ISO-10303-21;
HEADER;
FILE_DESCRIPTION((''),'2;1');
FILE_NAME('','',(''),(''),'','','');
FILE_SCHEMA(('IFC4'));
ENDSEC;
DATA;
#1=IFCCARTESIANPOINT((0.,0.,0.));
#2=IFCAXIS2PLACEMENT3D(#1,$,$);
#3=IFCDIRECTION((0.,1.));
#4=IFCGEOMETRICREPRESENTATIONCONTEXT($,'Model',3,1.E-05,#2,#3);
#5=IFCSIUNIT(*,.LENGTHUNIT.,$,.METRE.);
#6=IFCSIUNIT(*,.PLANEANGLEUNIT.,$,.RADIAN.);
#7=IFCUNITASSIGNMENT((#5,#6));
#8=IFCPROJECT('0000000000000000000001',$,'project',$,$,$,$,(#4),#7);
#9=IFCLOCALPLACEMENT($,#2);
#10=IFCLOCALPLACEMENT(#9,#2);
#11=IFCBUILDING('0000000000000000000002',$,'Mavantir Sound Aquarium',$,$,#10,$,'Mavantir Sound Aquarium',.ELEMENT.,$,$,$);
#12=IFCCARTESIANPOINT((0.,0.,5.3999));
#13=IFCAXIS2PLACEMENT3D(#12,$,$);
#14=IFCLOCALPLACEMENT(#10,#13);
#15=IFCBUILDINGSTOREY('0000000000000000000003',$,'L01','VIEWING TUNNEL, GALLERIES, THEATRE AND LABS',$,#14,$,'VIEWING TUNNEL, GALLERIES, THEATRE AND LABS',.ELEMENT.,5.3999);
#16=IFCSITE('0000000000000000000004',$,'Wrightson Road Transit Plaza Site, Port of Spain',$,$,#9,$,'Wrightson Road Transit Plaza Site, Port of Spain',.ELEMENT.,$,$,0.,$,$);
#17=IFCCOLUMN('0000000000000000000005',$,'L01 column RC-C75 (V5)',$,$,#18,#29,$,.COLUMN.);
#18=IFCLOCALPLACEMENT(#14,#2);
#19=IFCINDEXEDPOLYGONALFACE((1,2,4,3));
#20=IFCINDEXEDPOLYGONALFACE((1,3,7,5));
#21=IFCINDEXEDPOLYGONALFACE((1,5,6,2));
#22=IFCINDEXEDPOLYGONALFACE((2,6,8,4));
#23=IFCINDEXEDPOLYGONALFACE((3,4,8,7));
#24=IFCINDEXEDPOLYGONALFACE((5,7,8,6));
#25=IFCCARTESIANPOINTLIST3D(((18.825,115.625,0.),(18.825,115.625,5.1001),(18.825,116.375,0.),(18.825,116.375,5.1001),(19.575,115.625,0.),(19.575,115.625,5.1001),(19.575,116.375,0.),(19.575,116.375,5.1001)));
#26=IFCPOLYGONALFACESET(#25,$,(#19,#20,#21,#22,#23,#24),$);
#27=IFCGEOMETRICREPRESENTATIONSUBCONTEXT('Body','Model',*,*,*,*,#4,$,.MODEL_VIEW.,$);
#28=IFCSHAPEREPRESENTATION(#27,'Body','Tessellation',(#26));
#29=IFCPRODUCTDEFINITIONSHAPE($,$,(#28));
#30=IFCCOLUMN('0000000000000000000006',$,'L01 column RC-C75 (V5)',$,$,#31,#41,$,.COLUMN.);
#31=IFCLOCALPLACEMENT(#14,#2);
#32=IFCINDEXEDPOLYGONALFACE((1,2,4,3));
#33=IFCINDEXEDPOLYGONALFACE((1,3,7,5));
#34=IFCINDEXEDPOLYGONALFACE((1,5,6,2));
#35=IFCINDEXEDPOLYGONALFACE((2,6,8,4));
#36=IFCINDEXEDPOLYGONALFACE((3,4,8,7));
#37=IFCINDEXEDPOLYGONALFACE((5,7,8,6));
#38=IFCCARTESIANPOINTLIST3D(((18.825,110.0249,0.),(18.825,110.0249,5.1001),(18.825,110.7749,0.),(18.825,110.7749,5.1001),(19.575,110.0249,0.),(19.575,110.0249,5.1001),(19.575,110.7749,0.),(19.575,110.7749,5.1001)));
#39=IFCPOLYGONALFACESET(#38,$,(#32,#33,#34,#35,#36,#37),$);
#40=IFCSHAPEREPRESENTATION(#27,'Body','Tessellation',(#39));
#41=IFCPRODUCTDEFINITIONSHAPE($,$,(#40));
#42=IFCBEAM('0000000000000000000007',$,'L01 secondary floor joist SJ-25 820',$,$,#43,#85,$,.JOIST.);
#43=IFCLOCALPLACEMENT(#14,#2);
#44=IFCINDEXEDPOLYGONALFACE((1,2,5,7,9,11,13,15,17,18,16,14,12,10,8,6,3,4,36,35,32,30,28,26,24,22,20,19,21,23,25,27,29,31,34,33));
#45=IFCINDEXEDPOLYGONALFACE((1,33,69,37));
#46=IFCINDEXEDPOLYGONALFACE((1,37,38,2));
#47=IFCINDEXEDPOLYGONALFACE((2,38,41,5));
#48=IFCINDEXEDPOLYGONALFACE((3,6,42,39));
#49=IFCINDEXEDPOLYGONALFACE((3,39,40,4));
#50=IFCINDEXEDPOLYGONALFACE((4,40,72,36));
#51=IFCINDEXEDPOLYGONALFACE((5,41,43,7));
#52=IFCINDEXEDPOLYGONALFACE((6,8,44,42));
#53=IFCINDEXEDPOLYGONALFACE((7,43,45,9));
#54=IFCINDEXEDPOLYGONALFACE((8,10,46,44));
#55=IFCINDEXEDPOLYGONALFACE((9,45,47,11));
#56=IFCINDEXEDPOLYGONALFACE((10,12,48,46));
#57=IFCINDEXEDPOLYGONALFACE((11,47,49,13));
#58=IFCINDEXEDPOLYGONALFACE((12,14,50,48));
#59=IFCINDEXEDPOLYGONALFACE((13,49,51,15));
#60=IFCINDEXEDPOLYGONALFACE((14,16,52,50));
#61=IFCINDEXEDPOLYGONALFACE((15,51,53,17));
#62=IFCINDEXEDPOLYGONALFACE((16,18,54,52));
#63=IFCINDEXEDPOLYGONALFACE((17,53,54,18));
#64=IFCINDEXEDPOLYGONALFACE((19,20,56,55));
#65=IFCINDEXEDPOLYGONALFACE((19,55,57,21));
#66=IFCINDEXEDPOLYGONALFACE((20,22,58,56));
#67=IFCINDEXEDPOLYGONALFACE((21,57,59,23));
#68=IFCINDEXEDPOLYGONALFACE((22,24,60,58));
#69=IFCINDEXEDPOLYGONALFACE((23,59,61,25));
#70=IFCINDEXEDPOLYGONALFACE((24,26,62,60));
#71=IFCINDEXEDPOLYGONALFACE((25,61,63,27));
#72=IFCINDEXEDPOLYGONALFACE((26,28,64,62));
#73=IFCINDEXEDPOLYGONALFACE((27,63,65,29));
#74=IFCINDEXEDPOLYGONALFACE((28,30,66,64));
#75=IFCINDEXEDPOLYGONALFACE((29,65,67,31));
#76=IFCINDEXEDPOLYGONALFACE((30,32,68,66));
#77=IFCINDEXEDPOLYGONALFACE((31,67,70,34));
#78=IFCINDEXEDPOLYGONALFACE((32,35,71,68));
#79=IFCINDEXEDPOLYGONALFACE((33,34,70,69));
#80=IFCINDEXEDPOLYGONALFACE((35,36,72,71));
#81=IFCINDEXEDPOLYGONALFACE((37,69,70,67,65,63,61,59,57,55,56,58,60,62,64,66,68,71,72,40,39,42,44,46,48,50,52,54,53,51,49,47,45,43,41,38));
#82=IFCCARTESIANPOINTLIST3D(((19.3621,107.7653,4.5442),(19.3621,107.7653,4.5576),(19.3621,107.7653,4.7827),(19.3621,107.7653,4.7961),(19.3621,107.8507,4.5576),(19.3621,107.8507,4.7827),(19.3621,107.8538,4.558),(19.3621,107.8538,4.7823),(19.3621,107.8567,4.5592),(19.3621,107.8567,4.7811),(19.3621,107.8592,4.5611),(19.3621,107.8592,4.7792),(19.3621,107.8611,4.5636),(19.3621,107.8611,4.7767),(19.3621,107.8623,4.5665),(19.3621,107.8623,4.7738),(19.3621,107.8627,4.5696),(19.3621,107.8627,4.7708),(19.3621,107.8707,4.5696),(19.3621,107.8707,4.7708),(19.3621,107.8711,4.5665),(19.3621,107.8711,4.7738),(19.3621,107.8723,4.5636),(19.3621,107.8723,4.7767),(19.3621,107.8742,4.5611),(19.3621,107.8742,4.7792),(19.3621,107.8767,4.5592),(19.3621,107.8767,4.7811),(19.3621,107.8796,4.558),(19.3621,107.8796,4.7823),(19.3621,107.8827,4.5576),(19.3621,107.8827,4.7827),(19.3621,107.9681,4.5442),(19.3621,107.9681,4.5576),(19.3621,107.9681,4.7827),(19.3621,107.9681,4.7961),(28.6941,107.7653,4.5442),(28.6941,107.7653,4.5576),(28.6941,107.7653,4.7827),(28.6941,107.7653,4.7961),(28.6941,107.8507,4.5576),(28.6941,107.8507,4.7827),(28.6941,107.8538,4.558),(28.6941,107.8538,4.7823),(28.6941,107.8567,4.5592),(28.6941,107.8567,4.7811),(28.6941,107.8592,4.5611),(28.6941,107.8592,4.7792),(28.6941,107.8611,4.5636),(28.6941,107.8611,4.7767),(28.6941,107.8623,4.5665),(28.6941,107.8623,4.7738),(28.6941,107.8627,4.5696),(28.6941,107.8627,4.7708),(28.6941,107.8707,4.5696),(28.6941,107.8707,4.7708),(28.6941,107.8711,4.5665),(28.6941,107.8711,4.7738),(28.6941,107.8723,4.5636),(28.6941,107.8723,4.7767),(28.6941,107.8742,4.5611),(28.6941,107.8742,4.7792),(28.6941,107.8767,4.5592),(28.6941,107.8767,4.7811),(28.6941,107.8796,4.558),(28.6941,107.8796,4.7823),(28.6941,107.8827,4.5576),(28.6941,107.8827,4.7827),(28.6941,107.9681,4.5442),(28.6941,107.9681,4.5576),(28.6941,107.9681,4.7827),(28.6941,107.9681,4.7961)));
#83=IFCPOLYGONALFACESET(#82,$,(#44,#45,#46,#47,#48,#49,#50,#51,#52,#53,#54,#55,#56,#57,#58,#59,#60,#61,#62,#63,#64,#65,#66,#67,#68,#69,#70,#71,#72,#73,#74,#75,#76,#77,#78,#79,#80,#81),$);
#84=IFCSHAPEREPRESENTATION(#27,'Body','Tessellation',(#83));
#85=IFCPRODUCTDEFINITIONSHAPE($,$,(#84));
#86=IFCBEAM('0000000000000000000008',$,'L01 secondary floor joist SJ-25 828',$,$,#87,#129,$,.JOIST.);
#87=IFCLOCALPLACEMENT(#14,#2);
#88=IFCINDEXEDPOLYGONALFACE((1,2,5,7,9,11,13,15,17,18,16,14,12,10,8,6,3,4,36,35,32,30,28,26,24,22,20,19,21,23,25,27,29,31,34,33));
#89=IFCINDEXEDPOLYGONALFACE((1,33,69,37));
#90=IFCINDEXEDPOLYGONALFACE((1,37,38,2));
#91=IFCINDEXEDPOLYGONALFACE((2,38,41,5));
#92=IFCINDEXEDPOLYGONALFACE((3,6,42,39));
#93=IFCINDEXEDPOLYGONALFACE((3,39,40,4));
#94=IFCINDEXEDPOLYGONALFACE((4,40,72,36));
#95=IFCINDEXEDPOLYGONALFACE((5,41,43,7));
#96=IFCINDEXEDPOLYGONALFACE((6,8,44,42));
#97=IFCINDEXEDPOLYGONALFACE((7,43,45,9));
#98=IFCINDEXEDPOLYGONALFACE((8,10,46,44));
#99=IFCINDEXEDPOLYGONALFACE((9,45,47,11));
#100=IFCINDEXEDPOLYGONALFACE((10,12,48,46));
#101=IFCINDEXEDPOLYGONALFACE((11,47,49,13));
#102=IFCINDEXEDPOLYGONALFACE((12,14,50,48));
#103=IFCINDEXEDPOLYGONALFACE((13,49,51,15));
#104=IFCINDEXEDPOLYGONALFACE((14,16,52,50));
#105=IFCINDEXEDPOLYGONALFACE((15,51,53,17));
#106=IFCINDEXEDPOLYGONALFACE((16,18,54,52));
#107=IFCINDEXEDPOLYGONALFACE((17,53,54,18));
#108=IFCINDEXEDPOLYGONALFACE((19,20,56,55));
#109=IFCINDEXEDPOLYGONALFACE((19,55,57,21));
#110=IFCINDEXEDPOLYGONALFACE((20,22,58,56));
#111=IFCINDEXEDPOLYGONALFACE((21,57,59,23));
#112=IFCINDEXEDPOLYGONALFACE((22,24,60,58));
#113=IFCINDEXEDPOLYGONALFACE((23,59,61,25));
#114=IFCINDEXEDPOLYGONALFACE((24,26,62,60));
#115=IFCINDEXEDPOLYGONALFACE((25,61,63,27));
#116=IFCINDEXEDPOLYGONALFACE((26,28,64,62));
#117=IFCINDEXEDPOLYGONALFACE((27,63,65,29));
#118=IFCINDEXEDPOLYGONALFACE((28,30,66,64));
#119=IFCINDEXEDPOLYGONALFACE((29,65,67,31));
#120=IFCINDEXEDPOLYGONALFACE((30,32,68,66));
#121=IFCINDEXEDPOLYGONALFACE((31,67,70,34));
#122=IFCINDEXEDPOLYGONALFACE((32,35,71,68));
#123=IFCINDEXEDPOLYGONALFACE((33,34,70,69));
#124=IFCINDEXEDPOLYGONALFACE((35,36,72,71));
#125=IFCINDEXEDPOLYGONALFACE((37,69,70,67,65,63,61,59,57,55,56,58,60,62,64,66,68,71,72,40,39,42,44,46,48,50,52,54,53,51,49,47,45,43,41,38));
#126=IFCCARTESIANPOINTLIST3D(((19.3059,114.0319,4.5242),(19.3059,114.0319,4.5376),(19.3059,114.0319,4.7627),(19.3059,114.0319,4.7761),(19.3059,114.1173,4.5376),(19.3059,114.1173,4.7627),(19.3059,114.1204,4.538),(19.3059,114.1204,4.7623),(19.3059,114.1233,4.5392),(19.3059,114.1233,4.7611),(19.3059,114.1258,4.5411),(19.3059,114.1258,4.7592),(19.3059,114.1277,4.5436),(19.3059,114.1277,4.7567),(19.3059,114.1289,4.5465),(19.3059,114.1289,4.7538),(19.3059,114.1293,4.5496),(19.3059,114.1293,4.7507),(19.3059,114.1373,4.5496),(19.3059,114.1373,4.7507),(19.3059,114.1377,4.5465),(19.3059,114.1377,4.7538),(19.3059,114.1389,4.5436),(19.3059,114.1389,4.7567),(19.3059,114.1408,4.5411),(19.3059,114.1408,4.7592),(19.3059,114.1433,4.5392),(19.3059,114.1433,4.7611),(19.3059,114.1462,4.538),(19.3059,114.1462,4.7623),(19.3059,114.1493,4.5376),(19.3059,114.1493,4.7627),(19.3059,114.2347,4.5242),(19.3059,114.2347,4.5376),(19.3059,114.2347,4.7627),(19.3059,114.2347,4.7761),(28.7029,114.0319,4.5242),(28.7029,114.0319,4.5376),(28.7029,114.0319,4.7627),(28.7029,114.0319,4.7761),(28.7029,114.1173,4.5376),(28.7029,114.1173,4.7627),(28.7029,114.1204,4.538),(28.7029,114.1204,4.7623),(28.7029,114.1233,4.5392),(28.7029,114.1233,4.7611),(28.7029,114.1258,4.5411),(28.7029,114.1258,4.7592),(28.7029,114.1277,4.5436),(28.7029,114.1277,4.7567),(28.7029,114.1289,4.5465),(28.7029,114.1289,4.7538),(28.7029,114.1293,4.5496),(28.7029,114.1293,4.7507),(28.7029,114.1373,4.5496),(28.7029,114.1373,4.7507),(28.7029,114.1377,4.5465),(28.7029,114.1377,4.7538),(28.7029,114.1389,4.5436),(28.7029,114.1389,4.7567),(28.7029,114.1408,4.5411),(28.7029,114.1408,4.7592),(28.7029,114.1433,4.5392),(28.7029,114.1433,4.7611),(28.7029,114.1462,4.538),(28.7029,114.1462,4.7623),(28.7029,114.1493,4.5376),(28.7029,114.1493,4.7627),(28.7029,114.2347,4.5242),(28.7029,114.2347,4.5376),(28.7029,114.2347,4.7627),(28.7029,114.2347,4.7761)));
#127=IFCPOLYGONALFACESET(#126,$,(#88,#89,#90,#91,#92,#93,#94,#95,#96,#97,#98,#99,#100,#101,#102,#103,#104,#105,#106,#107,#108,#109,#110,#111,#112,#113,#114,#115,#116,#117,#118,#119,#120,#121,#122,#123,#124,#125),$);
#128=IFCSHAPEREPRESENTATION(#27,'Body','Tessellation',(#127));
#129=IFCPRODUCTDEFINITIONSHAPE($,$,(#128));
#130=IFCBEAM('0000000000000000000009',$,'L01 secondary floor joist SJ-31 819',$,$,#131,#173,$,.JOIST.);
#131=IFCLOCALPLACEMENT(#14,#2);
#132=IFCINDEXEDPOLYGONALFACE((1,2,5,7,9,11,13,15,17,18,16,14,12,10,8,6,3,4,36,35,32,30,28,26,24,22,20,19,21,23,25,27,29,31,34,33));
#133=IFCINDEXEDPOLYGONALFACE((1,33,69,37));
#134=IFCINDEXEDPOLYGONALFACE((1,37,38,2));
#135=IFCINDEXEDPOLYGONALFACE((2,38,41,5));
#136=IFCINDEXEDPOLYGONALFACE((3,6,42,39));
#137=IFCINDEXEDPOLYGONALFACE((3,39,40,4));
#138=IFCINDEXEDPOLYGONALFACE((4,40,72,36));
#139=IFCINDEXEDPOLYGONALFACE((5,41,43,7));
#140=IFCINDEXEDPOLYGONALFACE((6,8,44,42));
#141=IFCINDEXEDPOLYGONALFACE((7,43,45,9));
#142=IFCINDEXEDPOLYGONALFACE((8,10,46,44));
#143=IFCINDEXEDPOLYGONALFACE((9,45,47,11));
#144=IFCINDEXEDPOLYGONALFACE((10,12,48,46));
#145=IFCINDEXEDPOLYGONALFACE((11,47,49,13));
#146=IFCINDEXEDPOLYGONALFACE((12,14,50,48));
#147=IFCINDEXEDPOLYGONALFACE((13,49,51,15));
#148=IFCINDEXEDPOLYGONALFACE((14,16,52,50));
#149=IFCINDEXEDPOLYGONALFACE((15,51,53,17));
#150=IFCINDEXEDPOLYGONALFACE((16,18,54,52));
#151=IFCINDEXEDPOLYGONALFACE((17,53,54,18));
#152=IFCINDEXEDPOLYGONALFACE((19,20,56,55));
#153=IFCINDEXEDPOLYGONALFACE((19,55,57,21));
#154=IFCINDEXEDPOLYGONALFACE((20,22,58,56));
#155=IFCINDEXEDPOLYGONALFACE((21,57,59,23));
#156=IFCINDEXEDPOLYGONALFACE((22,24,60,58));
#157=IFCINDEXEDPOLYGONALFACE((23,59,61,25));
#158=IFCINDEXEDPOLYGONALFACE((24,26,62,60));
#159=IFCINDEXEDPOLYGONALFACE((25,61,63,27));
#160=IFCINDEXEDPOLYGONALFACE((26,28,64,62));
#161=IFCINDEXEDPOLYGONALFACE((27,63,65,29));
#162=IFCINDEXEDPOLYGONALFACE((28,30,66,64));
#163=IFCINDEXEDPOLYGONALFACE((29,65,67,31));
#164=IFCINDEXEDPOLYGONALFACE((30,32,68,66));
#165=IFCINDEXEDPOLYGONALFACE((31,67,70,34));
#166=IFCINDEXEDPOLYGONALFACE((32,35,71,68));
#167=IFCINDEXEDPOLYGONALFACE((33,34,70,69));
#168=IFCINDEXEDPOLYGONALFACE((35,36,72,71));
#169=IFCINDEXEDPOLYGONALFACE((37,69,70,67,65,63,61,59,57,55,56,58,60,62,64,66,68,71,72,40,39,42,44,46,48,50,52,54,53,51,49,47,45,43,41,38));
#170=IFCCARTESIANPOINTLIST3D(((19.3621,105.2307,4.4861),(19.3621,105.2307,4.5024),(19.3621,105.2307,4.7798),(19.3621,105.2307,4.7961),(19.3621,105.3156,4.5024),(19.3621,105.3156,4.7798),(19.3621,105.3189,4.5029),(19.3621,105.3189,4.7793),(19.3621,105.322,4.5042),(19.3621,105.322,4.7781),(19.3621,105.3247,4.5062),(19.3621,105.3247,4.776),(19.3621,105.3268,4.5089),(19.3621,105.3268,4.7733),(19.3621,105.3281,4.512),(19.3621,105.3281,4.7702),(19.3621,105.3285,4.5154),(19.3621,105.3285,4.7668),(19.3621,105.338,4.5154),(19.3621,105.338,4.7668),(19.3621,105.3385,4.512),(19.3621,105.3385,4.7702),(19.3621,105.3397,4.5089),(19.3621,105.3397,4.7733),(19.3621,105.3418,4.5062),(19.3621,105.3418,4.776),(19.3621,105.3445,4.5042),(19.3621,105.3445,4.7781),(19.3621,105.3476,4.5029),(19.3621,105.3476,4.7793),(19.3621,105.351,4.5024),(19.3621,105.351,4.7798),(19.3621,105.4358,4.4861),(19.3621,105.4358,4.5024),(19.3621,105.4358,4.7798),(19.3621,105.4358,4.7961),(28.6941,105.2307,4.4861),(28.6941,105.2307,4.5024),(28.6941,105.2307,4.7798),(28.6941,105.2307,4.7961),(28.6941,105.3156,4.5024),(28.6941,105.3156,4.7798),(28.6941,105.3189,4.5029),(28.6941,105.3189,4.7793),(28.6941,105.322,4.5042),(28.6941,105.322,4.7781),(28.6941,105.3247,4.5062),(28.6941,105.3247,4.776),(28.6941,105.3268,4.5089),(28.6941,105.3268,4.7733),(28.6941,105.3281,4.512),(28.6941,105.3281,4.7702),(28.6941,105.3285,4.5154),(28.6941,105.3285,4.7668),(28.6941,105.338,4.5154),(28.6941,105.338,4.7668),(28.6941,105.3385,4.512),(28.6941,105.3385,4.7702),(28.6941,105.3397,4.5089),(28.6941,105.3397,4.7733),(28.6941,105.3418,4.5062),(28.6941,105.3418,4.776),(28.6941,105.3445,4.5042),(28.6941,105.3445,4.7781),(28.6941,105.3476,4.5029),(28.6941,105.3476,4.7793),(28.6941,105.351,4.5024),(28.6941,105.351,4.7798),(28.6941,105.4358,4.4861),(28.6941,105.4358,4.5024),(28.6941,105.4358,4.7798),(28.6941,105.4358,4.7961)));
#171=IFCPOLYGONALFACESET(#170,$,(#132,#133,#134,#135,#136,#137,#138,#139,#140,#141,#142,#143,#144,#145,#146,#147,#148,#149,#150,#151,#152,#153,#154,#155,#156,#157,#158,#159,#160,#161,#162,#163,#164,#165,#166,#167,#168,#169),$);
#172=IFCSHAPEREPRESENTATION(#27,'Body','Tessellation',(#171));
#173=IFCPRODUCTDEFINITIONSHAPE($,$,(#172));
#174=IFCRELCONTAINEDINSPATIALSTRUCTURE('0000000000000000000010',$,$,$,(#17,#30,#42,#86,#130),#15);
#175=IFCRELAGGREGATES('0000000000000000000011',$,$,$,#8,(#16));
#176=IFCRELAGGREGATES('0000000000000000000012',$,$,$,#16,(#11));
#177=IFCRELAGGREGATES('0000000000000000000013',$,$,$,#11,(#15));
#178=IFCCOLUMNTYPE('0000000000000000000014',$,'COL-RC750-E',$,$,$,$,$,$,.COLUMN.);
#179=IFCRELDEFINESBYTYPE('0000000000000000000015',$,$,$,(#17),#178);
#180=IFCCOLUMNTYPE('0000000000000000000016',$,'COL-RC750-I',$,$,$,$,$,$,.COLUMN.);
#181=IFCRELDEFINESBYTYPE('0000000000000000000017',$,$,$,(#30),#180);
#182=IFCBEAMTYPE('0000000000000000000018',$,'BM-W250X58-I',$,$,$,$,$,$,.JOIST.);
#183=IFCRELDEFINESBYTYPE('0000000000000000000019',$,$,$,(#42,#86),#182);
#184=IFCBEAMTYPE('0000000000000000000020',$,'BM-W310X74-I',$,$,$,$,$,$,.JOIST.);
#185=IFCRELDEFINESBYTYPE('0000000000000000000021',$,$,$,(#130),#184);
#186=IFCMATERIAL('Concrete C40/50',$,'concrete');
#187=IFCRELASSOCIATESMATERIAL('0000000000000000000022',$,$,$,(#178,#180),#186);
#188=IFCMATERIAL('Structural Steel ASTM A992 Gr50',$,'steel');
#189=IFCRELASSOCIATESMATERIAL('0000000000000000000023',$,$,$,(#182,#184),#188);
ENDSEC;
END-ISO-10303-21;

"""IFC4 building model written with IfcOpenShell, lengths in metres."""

from ifc_helpers import new_model, si_unit, direction, frame, origin, origin_2d, place, context, subcontext, project, spatial, rectangle, i_section, extrude, material, material_profile, profile_set, type_object, element, save


model = new_model("IFC4")

# Units and contexts
model_context = context("Model", 3, precision=1e-05, world=origin(), true_north=direction((0.0, 1.0)))
body_context = subcontext(model_context, "Body", "Model", "MODEL_VIEW")
ifc_project = project(units=[si_unit("LENGTHUNIT", "METRE"), si_unit("PLANEANGLEUNIT", "RADIAN")], contexts=[model_context])

# Site, building, storey
site_placement = place(None, origin())
site = spatial("IfcSite", under=ifc_project, at=site_placement, Name="Wrightson Road Transit Plaza Site, Port of Spain", LongName="Wrightson Road Transit Plaza Site, Port of Spain", CompositionType="ELEMENT", RefElevation=0.0)
building_placement = place(site_placement, origin())
building = spatial("IfcBuilding", under=site, at=building_placement, Name="Mavantir Sound Aquarium", LongName="Mavantir Sound Aquarium", CompositionType="ELEMENT")
storey_placement = place(building_placement, frame((0.0, 0.0, 5.3999)))
storey = spatial("IfcBuildingStorey", under=building, at=storey_placement, Name="L01", Description="VIEWING TUNNEL, GALLERIES, THEATRE AND LABS", LongName="VIEWING TUNNEL, GALLERIES, THEATRE AND LABS", CompositionType="ELEMENT", Elevation=5.3999)

# Columns
ifc_material_1 = material(Name="Concrete C40/50", Category="concrete")
ifc_material_profile_1 = material_profile(ifc_material_1, rectangle(XDim=0.75, YDim=0.75, at=origin_2d()), Name="RC 750X750")
ifc_profile_set_1 = profile_set([ifc_material_profile_1], Name="Concrete C40/50")
column_type_1 = type_object("IfcColumnType", Name="COL-RC750-E", PredefinedType="COLUMN", material=ifc_profile_set_1)
column_1_placement = place(storey_placement, frame((19.2, 116.0, 0.0), z_axis=(0.0, 0.0, 1.0), x_axis=(1.0, 0.0, 0.0)))
element("IfcColumn", 1, at=column_1_placement, inside=storey, type_object=column_type_1, Name="L01 column RC-C75 (V5)", PredefinedType="COLUMN", context=body_context, shape_type="SweptSolid", body=[
    extrude(rectangle(XDim=0.75, YDim=0.75, at=origin_2d()), origin(), (0.0, 0.0, 1.0), 5.1001),
])
ifc_material_profile_2 = material_profile(ifc_material_1, rectangle(XDim=0.75, YDim=0.75, at=origin_2d()), Name="RC 750X750")
ifc_profile_set_2 = profile_set([ifc_material_profile_2], Name="Concrete C40/50")
column_type_2 = type_object("IfcColumnType", Name="COL-RC750-I", PredefinedType="COLUMN", material=ifc_profile_set_2)
column_2_placement = place(storey_placement, frame((19.2, 110.3999, 0.0), z_axis=(0.0, 0.0, 1.0), x_axis=(1.0, 0.0, 0.0)))
element("IfcColumn", 2, at=column_2_placement, inside=storey, type_object=column_type_2, Name="L01 column RC-C75 (V5)", PredefinedType="COLUMN", context=body_context, shape_type="SweptSolid", body=[
    extrude(rectangle(XDim=0.75, YDim=0.75, at=origin_2d()), origin(), (0.0, 0.0, 1.0), 5.1001),
])

# Beams
ifc_material_2 = material(Name="Structural Steel ASTM A992 Gr50", Category="steel")
ifc_material_profile_3 = material_profile(ifc_material_2, i_section(OverallWidth=0.2029, OverallDepth=0.252, WebThickness=0.0081, FlangeThickness=0.0134, FilletRadius=0.012, at=origin_2d()), Name="W250X58")
ifc_profile_set_3 = profile_set([ifc_material_profile_3], Name="Structural Steel ASTM A992 Gr50")
beam_type_1 = type_object("IfcBeamType", Name="BM-W250X58-I", PredefinedType="JOIST", material=ifc_profile_set_3)
beam_1_placement = place(storey_placement, frame((19.3621, 107.8667, 4.6702), z_axis=(1.0, 0.0, 0.0), x_axis=(0.0, 1.0, 0.0)))
element("IfcBeam", 3, at=beam_1_placement, inside=storey, type_object=beam_type_1, Name="L01 secondary floor joist SJ-25 820", PredefinedType="JOIST", context=body_context, shape_type="SweptSolid", body=[
    extrude(i_section(OverallWidth=0.2029, OverallDepth=0.252, WebThickness=0.0081, FlangeThickness=0.0134, FilletRadius=0.012, at=origin_2d()), origin(), (0.0, 0.0, 1.0), 9.332),
])
beam_2_placement = place(storey_placement, frame((19.3059, 114.1333, 4.6501), z_axis=(1.0, 0.0, 0.0), x_axis=(0.0, 1.0, 0.0)))
element("IfcBeam", 4, at=beam_2_placement, inside=storey, type_object=beam_type_1, Name="L01 secondary floor joist SJ-25 828", PredefinedType="JOIST", context=body_context, shape_type="SweptSolid", body=[
    extrude(i_section(OverallWidth=0.2029, OverallDepth=0.252, WebThickness=0.0081, FlangeThickness=0.0134, FilletRadius=0.012, at=origin_2d()), origin(), (0.0, 0.0, 1.0), 9.397),
])
ifc_material_profile_4 = material_profile(ifc_material_2, i_section(OverallWidth=0.2051, OverallDepth=0.3101, WebThickness=0.0095, FlangeThickness=0.0164, FilletRadius=0.0129, at=origin_2d()), Name="W310X74")
ifc_profile_set_4 = profile_set([ifc_material_profile_4], Name="Structural Steel ASTM A992 Gr50")
beam_type_2 = type_object("IfcBeamType", Name="BM-W310X74-I", PredefinedType="JOIST", material=ifc_profile_set_4)
beam_3_placement = place(storey_placement, frame((19.3621, 105.3333, 4.6411), z_axis=(1.0, 0.0, 0.0), x_axis=(0.0, 1.0, 0.0)))
element("IfcBeam", 5, at=beam_3_placement, inside=storey, type_object=beam_type_2, Name="L01 secondary floor joist SJ-31 819", PredefinedType="JOIST", context=body_context, shape_type="SweptSolid", body=[
    extrude(i_section(OverallWidth=0.2051, OverallDepth=0.3101, WebThickness=0.0095, FlangeThickness=0.0164, FilletRadius=0.0129, at=origin_2d()), origin(), (0.0, 0.0, 1.0), 9.332),
])

save(model, "model.ifc")
